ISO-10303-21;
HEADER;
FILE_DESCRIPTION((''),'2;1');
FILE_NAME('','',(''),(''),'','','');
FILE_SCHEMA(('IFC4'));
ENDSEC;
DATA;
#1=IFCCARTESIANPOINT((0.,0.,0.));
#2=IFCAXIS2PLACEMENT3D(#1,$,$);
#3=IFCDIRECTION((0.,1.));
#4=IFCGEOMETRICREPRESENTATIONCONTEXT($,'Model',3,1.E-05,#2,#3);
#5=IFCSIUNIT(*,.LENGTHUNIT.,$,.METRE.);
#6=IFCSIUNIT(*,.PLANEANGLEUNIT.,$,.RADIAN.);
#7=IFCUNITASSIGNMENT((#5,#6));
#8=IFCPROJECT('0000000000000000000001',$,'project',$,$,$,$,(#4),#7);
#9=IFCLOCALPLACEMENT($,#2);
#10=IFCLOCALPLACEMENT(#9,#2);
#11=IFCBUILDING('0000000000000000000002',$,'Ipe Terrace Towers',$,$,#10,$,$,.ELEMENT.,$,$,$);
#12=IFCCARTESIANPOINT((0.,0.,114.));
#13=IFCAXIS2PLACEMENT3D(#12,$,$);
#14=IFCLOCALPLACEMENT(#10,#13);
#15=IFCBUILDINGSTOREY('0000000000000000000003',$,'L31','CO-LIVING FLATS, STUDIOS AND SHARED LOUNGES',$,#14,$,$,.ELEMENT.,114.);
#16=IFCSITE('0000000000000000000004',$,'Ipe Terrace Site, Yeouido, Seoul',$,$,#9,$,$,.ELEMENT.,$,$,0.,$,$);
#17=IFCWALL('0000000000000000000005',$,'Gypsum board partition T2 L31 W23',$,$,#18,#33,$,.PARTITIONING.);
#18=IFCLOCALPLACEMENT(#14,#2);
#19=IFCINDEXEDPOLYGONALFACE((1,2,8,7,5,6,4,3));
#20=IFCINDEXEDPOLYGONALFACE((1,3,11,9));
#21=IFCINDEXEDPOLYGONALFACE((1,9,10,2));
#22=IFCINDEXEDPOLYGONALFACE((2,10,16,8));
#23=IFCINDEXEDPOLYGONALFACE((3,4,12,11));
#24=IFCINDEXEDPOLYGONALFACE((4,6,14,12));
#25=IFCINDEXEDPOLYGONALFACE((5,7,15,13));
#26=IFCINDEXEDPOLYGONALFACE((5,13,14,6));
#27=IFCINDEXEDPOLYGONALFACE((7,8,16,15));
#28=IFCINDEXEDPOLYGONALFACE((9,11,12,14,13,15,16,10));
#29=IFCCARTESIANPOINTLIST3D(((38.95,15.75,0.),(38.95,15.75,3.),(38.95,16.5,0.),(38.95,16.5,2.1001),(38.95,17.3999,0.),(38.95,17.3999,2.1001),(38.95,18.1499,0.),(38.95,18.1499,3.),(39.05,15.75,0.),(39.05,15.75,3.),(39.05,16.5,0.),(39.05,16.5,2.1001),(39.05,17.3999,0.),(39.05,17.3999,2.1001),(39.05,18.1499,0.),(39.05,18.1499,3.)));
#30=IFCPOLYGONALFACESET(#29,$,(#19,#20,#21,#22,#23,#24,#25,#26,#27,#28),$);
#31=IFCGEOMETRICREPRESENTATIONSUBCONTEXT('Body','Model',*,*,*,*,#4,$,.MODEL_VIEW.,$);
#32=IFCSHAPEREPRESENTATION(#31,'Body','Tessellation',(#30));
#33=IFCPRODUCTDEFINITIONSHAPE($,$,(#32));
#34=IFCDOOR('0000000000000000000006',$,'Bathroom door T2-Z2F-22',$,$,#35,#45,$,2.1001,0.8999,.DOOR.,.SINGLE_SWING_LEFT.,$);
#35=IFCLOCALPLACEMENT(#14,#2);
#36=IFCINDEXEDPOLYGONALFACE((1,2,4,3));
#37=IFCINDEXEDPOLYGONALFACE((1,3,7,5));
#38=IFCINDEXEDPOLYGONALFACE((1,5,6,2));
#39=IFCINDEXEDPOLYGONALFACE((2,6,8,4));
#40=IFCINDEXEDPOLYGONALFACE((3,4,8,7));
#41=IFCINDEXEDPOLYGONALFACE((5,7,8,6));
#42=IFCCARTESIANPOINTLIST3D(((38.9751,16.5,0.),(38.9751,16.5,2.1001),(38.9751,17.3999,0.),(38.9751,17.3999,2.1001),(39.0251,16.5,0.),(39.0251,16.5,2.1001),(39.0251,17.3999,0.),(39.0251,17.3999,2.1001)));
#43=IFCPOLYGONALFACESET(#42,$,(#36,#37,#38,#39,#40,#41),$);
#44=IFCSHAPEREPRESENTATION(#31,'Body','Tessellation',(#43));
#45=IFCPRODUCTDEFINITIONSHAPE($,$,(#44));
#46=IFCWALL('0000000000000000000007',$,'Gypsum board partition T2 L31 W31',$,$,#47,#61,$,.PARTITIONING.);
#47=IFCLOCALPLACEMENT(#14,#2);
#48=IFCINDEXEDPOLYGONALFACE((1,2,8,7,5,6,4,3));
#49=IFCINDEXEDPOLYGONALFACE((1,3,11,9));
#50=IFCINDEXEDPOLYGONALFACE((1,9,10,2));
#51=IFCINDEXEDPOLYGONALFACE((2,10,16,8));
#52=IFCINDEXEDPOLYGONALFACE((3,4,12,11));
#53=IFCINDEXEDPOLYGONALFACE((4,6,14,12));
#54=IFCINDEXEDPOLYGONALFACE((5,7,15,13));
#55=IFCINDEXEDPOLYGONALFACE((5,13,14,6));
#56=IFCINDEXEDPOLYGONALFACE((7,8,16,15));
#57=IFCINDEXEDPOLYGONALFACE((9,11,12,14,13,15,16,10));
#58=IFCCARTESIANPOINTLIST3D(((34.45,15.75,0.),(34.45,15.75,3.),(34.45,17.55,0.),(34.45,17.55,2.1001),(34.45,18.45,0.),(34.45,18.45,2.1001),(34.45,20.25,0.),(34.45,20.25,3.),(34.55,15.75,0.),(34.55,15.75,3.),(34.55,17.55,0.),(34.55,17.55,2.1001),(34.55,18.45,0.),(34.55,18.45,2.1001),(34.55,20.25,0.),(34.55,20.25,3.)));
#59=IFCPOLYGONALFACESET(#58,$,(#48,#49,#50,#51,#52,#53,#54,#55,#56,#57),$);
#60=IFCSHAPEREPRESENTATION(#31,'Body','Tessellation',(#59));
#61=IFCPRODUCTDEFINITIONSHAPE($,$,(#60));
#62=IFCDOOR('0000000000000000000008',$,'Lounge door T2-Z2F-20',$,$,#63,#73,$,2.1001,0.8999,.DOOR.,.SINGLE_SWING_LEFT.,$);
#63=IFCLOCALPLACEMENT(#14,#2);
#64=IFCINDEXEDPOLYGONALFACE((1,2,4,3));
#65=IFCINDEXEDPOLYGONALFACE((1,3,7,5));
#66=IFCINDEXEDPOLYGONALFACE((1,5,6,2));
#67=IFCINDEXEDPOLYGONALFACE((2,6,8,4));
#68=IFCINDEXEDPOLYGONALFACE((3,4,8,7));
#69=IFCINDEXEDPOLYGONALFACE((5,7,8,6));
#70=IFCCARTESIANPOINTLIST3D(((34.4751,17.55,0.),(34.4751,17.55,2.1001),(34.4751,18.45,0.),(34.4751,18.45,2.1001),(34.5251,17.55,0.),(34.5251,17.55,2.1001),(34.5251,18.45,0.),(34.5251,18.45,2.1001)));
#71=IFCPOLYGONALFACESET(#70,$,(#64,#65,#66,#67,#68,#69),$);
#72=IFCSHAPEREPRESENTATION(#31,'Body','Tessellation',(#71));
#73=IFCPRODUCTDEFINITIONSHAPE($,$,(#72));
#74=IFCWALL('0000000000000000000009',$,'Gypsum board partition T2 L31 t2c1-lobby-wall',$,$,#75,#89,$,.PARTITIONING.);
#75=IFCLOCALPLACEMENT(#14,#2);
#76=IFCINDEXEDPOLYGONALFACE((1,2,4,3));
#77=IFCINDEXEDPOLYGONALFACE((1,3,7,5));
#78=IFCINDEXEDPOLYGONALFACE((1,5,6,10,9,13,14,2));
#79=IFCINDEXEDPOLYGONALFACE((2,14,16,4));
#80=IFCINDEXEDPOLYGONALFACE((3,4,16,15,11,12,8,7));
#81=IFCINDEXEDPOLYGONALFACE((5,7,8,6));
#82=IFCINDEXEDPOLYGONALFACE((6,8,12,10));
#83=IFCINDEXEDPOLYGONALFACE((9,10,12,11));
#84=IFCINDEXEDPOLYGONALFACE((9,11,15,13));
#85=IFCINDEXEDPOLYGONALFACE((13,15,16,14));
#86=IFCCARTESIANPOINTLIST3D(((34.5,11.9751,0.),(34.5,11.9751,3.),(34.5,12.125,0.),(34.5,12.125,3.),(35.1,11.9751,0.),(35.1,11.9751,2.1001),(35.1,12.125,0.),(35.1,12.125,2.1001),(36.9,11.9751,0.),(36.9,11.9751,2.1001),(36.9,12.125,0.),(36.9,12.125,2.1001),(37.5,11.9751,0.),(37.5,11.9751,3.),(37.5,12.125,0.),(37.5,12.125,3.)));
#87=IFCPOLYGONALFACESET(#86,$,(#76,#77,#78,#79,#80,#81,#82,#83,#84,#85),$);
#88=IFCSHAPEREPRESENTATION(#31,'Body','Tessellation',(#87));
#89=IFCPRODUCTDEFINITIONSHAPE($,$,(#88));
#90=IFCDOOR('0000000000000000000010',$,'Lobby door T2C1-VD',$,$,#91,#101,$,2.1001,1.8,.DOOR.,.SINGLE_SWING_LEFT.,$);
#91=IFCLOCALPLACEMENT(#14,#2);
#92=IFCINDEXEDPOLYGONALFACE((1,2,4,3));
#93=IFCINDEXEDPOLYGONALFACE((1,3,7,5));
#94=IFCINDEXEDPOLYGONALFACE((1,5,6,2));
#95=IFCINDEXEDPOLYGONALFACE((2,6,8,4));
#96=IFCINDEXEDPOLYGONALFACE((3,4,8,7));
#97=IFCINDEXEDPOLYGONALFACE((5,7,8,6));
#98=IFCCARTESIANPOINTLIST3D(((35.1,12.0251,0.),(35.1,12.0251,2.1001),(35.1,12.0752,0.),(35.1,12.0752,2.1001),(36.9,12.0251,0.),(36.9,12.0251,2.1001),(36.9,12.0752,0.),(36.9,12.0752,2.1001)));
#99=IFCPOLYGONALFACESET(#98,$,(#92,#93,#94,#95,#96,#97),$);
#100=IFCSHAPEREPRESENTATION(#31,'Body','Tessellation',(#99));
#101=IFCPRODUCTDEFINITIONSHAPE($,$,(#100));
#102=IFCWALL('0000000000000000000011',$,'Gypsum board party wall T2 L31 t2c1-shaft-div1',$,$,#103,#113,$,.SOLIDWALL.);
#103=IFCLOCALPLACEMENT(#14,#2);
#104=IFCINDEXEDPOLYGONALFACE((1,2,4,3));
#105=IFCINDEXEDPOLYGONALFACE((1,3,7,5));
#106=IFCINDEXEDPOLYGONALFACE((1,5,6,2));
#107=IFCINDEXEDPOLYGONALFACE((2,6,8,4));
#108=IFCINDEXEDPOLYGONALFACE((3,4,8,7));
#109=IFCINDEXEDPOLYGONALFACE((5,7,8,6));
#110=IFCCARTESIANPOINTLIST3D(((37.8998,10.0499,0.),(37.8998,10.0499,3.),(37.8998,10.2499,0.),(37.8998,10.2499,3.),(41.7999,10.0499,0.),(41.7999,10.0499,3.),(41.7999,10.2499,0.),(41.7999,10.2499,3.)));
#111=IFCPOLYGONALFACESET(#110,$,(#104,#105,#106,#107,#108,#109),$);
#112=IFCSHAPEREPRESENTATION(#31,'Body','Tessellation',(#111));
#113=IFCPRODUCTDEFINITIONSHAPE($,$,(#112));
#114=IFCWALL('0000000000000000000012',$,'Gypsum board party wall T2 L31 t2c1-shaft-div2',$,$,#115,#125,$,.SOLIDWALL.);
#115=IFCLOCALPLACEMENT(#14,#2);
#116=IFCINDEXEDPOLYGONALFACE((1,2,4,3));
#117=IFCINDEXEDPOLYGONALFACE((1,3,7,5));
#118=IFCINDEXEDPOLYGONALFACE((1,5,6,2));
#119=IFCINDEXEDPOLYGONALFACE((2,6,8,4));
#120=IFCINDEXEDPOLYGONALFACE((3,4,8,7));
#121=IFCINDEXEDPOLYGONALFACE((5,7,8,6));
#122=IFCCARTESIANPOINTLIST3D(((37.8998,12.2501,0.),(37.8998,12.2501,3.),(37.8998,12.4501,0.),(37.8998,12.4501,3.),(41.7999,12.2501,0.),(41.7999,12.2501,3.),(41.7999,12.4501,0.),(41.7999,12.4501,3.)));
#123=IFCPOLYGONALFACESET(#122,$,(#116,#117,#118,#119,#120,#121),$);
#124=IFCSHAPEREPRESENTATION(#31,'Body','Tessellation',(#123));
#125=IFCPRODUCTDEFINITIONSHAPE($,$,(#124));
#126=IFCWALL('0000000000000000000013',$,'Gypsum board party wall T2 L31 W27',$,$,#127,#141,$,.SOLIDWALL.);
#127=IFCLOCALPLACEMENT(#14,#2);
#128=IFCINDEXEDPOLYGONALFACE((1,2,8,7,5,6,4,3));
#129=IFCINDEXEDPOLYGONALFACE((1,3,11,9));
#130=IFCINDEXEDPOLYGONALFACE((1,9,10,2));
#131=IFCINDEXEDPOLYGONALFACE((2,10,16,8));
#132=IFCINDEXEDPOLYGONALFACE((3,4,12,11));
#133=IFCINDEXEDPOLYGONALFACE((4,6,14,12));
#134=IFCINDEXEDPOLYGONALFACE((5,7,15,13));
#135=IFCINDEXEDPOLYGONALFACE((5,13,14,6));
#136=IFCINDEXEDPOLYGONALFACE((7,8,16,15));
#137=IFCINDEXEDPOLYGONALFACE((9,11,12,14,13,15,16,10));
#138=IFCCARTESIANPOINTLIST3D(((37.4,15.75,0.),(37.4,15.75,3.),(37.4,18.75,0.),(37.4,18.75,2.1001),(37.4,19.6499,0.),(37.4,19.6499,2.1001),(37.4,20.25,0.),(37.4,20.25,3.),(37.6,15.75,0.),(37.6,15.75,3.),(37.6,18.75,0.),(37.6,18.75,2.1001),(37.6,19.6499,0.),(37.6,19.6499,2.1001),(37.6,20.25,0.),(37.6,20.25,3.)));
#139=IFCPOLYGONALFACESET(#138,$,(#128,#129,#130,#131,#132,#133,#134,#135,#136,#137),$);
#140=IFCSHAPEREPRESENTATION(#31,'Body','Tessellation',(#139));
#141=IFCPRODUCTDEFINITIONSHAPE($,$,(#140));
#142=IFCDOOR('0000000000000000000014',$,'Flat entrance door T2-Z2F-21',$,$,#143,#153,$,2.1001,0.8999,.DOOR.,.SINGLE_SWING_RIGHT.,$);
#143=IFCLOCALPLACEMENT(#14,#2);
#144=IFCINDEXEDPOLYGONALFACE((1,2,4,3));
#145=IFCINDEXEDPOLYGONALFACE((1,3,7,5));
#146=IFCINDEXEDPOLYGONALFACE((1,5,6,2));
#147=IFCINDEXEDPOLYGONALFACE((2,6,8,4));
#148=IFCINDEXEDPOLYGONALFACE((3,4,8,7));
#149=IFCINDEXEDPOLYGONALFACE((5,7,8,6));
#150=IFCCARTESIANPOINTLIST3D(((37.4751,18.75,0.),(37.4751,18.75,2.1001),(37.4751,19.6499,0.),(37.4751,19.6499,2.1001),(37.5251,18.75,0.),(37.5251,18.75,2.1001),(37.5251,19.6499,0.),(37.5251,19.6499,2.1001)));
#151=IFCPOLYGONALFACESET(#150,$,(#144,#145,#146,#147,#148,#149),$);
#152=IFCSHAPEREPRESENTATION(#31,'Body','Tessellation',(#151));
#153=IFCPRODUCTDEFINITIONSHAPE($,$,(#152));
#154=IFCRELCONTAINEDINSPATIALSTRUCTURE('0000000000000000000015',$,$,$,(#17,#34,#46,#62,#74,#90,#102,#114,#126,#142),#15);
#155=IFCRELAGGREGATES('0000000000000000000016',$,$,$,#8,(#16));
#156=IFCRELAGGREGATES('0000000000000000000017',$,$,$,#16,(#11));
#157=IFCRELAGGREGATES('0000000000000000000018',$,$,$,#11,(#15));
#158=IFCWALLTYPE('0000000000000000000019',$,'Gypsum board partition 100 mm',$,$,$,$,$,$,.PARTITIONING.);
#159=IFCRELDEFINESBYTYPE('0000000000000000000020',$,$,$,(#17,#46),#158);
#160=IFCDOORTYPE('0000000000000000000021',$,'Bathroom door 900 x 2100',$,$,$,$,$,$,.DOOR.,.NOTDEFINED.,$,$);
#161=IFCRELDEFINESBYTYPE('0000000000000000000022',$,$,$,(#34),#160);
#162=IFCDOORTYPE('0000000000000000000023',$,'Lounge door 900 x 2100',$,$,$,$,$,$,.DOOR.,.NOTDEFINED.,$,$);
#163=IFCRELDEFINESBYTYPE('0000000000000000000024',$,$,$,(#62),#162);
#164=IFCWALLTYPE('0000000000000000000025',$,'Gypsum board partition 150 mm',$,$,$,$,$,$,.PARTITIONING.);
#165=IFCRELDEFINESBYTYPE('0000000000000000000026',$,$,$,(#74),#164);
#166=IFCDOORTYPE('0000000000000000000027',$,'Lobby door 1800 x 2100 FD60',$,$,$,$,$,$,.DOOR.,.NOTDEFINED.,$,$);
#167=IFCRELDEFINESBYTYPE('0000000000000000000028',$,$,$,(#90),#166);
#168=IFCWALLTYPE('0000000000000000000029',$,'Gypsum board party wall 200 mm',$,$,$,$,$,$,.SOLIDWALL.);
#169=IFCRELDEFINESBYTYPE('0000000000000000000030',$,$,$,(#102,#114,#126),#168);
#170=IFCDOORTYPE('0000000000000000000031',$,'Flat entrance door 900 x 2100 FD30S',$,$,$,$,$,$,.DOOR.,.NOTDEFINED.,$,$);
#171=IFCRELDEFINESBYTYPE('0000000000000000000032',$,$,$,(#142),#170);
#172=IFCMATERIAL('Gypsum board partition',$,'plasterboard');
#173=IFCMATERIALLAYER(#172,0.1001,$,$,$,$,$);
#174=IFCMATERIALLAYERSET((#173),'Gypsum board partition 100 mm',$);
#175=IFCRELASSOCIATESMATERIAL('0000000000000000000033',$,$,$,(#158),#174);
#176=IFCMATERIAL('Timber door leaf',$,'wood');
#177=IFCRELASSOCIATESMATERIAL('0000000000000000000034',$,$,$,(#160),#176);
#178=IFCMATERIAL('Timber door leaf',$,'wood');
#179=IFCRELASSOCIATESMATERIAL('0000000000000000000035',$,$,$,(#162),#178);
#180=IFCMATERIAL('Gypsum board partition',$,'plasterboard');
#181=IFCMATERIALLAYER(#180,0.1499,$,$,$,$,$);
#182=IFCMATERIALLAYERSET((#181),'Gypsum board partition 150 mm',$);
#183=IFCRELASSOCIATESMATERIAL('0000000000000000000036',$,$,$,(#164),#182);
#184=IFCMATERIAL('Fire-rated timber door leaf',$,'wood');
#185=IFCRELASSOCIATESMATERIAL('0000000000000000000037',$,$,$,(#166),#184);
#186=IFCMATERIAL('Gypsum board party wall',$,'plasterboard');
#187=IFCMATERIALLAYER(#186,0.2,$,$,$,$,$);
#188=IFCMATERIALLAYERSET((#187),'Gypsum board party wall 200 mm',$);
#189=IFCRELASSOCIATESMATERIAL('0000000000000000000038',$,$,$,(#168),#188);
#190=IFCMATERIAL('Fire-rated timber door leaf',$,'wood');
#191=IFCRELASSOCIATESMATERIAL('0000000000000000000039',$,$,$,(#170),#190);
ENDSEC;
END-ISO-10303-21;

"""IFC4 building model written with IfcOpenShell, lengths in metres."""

from ifc_helpers import new_model, si_unit, direction, frame, frame_2d, origin, place, context, subcontext, project, spatial, rectangle, extrude, material, layer, layer_set, type_object, element, fill, save


model = new_model("IFC4")

# Units and contexts
model_context = context("Model", 3, precision=1e-05, world=origin(), true_north=direction((0.0, 1.0)))
body_context = subcontext(model_context, "Body", "Model", "MODEL_VIEW")
ifc_project = project(units=[si_unit("LENGTHUNIT", "METRE"), si_unit("PLANEANGLEUNIT", "RADIAN")], contexts=[model_context])

# Site, building, storey
site_placement = place(None, origin())
site = spatial("IfcSite", under=ifc_project, at=site_placement, Name="Ipe Terrace Site, Yeouido, Seoul", CompositionType="ELEMENT", RefElevation=0.0)
building_placement = place(site_placement, origin())
building = spatial("IfcBuilding", under=site, at=building_placement, Name="Ipe Terrace Towers", CompositionType="ELEMENT")
storey_placement = place(building_placement, frame((0.0, 0.0, 114.0)))
storey = spatial("IfcBuildingStorey", under=building, at=storey_placement, Name="L31", Description="CO-LIVING FLATS, STUDIOS AND SHARED LOUNGES", CompositionType="ELEMENT", Elevation=114.0)

# Walls, openings, doors
ifc_material_1 = material(Name="Gypsum board partition", Category="plasterboard")
ifc_layer_1 = layer(ifc_material_1, 0.1001)
ifc_layer_set_1 = layer_set([ifc_layer_1], Name="Gypsum board partition 100 mm")
wall_type_1 = type_object("IfcWallType", Name="Gypsum board partition 100 mm", PredefinedType="PARTITIONING", material=ifc_layer_set_1)
wall_1_placement = place(storey_placement, frame((39.0, 15.75, 0.0), z_axis=(0.0, 0.0, 1.0), x_axis=(0.0, 1.0, 0.0)))
wall_1 = element("IfcWall", 1, at=wall_1_placement, inside=storey, type_object=wall_type_1, Name="Gypsum board partition T2 L31 W23", PredefinedType="PARTITIONING", context=body_context, shape_type="SweptSolid", body=[
    extrude(rectangle(XDim=2.3999, YDim=0.1001, at=frame_2d((1.2, 0.0))), origin(), (0.0, 0.0, 1.0), 3.0),
])
opening_1_placement = place(wall_1_placement, frame((0.75, 0.0, 0.0)))
opening_1 = element("IfcOpeningElement", 2, at=opening_1_placement, cuts=wall_1, PredefinedType="OPENING", context=body_context, shape_type="SweptSolid", body=[
    extrude(rectangle(XDim=0.8999, YDim=2.1001, at=frame_2d((0.45, 1.05))), frame((0.0, 0.0601, 0.0), z_axis=(0.0, -1.0, 0.0), x_axis=(1.0, 0.0, 0.0)), (0.0, 0.0, 1.0), 0.1201),
])
ifc_material_2 = material(Name="Timber door leaf", Category="wood")
door_type_1 = type_object("IfcDoorType", Name="Bathroom door 900 x 2100", OperationType="NOTDEFINED", PredefinedType="DOOR", material=ifc_material_2)
door_1_placement = place(opening_1_placement, origin())
door_1 = element("IfcDoor", 3, at=door_1_placement, inside=storey, type_object=door_type_1, Name="Bathroom door T2-Z2F-22", OperationType="SINGLE_SWING_LEFT", OverallHeight=2.1001, OverallWidth=0.8999, PredefinedType="DOOR", context=body_context, shape_type="SweptSolid", body=[
    extrude(rectangle(XDim=0.8999, YDim=2.1001, at=frame_2d((0.45, 1.05))), frame((0.0, 0.0249, 0.0), z_axis=(0.0, -1.0, 0.0), x_axis=(1.0, 0.0, 0.0)), (0.0, 0.0, 1.0), 0.05),
])
fill(opening_1, door_1)
wall_2_placement = place(storey_placement, frame((34.5, 15.75, 0.0), z_axis=(0.0, 0.0, 1.0), x_axis=(0.0, 1.0, 0.0)))
wall_2 = element("IfcWall", 4, at=wall_2_placement, inside=storey, type_object=wall_type_1, Name="Gypsum board partition T2 L31 W31", PredefinedType="PARTITIONING", context=body_context, shape_type="SweptSolid", body=[
    extrude(rectangle(XDim=4.5, YDim=0.1001, at=frame_2d((2.25, 0.0))), origin(), (0.0, 0.0, 1.0), 3.0),
])
opening_2_placement = place(wall_2_placement, frame((1.8, 0.0, 0.0)))
opening_2 = element("IfcOpeningElement", 5, at=opening_2_placement, cuts=wall_2, PredefinedType="OPENING", context=body_context, shape_type="SweptSolid", body=[
    extrude(rectangle(XDim=0.8999, YDim=2.1001, at=frame_2d((0.45, 1.05))), frame((0.0, 0.0601, 0.0), z_axis=(0.0, -1.0, 0.0), x_axis=(1.0, 0.0, 0.0)), (0.0, 0.0, 1.0), 0.1201),
])
ifc_material_3 = material(Name="Timber door leaf", Category="wood")
door_type_2 = type_object("IfcDoorType", Name="Lounge door 900 x 2100", OperationType="NOTDEFINED", PredefinedType="DOOR", material=ifc_material_3)
door_2_placement = place(opening_2_placement, origin())
door_2 = element("IfcDoor", 6, at=door_2_placement, inside=storey, type_object=door_type_2, Name="Lounge door T2-Z2F-20", OperationType="SINGLE_SWING_LEFT", OverallHeight=2.1001, OverallWidth=0.8999, PredefinedType="DOOR", context=body_context, shape_type="SweptSolid", body=[
    extrude(rectangle(XDim=0.8999, YDim=2.1001, at=frame_2d((0.45, 1.05))), frame((0.0, 0.0249, 0.0), z_axis=(0.0, -1.0, 0.0), x_axis=(1.0, 0.0, 0.0)), (0.0, 0.0, 1.0), 0.05),
])
fill(opening_2, door_2)
ifc_material_4 = material(Name="Gypsum board partition", Category="plasterboard")
ifc_layer_2 = layer(ifc_material_4, 0.1499)
ifc_layer_set_2 = layer_set([ifc_layer_2], Name="Gypsum board partition 150 mm")
wall_type_2 = type_object("IfcWallType", Name="Gypsum board partition 150 mm", PredefinedType="PARTITIONING", material=ifc_layer_set_2)
wall_3_placement = place(storey_placement, frame((37.5, 12.05, 0.0), z_axis=(0.0, 0.0, 1.0), x_axis=(-1.0, 0.0, 0.0)))
wall_3 = element("IfcWall", 7, at=wall_3_placement, inside=storey, type_object=wall_type_2, Name="Gypsum board partition T2 L31 t2c1-lobby-wall", PredefinedType="PARTITIONING", context=body_context, shape_type="SweptSolid", body=[
    extrude(rectangle(XDim=3.0, YDim=0.1499, at=frame_2d((1.5, 0.0))), origin(), (0.0, 0.0, 1.0), 3.0),
])
opening_3_placement = place(wall_3_placement, frame((0.6001, 0.0, 0.0)))
opening_3 = element("IfcOpeningElement", 8, at=opening_3_placement, cuts=wall_3, PredefinedType="OPENING", context=body_context, shape_type="SweptSolid", body=[
    extrude(rectangle(XDim=1.8, YDim=2.1001, at=frame_2d((0.8999, 1.05))), frame((0.0, 0.085, 0.0), z_axis=(0.0, -1.0, 0.0), x_axis=(1.0, 0.0, 0.0)), (0.0, 0.0, 1.0), 0.1699),
])
ifc_material_5 = material(Name="Fire-rated timber door leaf", Category="wood")
door_type_3 = type_object("IfcDoorType", Name="Lobby door 1800 x 2100 FD60", OperationType="NOTDEFINED", PredefinedType="DOOR", material=ifc_material_5)
door_3_placement = place(opening_3_placement, origin())
door_3 = element("IfcDoor", 9, at=door_3_placement, inside=storey, type_object=door_type_3, Name="Lobby door T2C1-VD", OperationType="SINGLE_SWING_LEFT", OverallHeight=2.1001, OverallWidth=1.8, PredefinedType="DOOR", context=body_context, shape_type="SweptSolid", body=[
    extrude(rectangle(XDim=1.8, YDim=2.1001, at=frame_2d((0.8999, 1.05))), frame((0.0, 0.0249, 0.0), z_axis=(0.0, -1.0, 0.0), x_axis=(1.0, 0.0, 0.0)), (0.0, 0.0, 1.0), 0.05),
])
fill(opening_3, door_3)

# Walls
ifc_material_6 = material(Name="Gypsum board party wall", Category="plasterboard")
ifc_layer_3 = layer(ifc_material_6, 0.2)
ifc_layer_set_3 = layer_set([ifc_layer_3], Name="Gypsum board party wall 200 mm")
wall_type_3 = type_object("IfcWallType", Name="Gypsum board party wall 200 mm", PredefinedType="SOLIDWALL", material=ifc_layer_set_3)
for number, where, z_axis, x_axis, name in (
    (10, (41.8, 10.1499, 0.0), (0.0, 0.0, 1.0), (-1.0, 0.0, 0.0), "Gypsum board party wall T2 L31 t2c1-shaft-div1"),
    (11, (41.8, 12.3501, 0.0), (0.0, 0.0, 1.0), (-1.0, 0.0, 0.0), "Gypsum board party wall T2 L31 t2c1-shaft-div2"),
):
    element("IfcWall", number, at=place(storey_placement, frame(where, z_axis=z_axis, x_axis=x_axis)), inside=storey, type_object=wall_type_3, Name=name, PredefinedType="SOLIDWALL", context=body_context, shape_type="SweptSolid", body=[
        extrude(rectangle(XDim=3.9001, YDim=0.2, at=frame_2d((1.9502, 0.0))), origin(), (0.0, 0.0, 1.0), 3.0),
    ])

# Wall, opening, door
wall_4_placement = place(storey_placement, frame((37.5, 15.75, 0.0), z_axis=(0.0, 0.0, 1.0), x_axis=(0.0, 1.0, 0.0)))
wall_4 = element("IfcWall", 12, at=wall_4_placement, inside=storey, type_object=wall_type_3, Name="Gypsum board party wall T2 L31 W27", PredefinedType="SOLIDWALL", context=body_context, shape_type="SweptSolid", body=[
    extrude(rectangle(XDim=4.5, YDim=0.2, at=frame_2d((2.25, 0.0))), origin(), (0.0, 0.0, 1.0), 3.0),
])
opening_4_placement = place(wall_4_placement, frame((3.0, 0.0, 0.0)))
opening_4 = element("IfcOpeningElement", 13, at=opening_4_placement, cuts=wall_4, PredefinedType="OPENING", context=body_context, shape_type="SweptSolid", body=[
    extrude(rectangle(XDim=0.8999, YDim=2.1001, at=frame_2d((0.45, 1.05))), frame((0.0, 0.1099, 0.0), z_axis=(0.0, -1.0, 0.0), x_axis=(1.0, 0.0, 0.0)), (0.0, 0.0, 1.0), 0.22),
])
ifc_material_7 = material(Name="Fire-rated timber door leaf", Category="wood")
door_type_4 = type_object("IfcDoorType", Name="Flat entrance door 900 x 2100 FD30S", OperationType="NOTDEFINED", PredefinedType="DOOR", material=ifc_material_7)
door_4_placement = place(opening_4_placement, origin())
door_4 = element("IfcDoor", 14, at=door_4_placement, inside=storey, type_object=door_type_4, Name="Flat entrance door T2-Z2F-21", OperationType="SINGLE_SWING_RIGHT", OverallHeight=2.1001, OverallWidth=0.8999, PredefinedType="DOOR", context=body_context, shape_type="SweptSolid", body=[
    extrude(rectangle(XDim=0.8999, YDim=2.1001, at=frame_2d((0.45, 1.05))), frame((0.0, 0.0249, 0.0), z_axis=(0.0, -1.0, 0.0), x_axis=(1.0, 0.0, 0.0)), (0.0, 0.0, 1.0), 0.05),
])
fill(opening_4, door_4)

save(model, "model.ifc")
